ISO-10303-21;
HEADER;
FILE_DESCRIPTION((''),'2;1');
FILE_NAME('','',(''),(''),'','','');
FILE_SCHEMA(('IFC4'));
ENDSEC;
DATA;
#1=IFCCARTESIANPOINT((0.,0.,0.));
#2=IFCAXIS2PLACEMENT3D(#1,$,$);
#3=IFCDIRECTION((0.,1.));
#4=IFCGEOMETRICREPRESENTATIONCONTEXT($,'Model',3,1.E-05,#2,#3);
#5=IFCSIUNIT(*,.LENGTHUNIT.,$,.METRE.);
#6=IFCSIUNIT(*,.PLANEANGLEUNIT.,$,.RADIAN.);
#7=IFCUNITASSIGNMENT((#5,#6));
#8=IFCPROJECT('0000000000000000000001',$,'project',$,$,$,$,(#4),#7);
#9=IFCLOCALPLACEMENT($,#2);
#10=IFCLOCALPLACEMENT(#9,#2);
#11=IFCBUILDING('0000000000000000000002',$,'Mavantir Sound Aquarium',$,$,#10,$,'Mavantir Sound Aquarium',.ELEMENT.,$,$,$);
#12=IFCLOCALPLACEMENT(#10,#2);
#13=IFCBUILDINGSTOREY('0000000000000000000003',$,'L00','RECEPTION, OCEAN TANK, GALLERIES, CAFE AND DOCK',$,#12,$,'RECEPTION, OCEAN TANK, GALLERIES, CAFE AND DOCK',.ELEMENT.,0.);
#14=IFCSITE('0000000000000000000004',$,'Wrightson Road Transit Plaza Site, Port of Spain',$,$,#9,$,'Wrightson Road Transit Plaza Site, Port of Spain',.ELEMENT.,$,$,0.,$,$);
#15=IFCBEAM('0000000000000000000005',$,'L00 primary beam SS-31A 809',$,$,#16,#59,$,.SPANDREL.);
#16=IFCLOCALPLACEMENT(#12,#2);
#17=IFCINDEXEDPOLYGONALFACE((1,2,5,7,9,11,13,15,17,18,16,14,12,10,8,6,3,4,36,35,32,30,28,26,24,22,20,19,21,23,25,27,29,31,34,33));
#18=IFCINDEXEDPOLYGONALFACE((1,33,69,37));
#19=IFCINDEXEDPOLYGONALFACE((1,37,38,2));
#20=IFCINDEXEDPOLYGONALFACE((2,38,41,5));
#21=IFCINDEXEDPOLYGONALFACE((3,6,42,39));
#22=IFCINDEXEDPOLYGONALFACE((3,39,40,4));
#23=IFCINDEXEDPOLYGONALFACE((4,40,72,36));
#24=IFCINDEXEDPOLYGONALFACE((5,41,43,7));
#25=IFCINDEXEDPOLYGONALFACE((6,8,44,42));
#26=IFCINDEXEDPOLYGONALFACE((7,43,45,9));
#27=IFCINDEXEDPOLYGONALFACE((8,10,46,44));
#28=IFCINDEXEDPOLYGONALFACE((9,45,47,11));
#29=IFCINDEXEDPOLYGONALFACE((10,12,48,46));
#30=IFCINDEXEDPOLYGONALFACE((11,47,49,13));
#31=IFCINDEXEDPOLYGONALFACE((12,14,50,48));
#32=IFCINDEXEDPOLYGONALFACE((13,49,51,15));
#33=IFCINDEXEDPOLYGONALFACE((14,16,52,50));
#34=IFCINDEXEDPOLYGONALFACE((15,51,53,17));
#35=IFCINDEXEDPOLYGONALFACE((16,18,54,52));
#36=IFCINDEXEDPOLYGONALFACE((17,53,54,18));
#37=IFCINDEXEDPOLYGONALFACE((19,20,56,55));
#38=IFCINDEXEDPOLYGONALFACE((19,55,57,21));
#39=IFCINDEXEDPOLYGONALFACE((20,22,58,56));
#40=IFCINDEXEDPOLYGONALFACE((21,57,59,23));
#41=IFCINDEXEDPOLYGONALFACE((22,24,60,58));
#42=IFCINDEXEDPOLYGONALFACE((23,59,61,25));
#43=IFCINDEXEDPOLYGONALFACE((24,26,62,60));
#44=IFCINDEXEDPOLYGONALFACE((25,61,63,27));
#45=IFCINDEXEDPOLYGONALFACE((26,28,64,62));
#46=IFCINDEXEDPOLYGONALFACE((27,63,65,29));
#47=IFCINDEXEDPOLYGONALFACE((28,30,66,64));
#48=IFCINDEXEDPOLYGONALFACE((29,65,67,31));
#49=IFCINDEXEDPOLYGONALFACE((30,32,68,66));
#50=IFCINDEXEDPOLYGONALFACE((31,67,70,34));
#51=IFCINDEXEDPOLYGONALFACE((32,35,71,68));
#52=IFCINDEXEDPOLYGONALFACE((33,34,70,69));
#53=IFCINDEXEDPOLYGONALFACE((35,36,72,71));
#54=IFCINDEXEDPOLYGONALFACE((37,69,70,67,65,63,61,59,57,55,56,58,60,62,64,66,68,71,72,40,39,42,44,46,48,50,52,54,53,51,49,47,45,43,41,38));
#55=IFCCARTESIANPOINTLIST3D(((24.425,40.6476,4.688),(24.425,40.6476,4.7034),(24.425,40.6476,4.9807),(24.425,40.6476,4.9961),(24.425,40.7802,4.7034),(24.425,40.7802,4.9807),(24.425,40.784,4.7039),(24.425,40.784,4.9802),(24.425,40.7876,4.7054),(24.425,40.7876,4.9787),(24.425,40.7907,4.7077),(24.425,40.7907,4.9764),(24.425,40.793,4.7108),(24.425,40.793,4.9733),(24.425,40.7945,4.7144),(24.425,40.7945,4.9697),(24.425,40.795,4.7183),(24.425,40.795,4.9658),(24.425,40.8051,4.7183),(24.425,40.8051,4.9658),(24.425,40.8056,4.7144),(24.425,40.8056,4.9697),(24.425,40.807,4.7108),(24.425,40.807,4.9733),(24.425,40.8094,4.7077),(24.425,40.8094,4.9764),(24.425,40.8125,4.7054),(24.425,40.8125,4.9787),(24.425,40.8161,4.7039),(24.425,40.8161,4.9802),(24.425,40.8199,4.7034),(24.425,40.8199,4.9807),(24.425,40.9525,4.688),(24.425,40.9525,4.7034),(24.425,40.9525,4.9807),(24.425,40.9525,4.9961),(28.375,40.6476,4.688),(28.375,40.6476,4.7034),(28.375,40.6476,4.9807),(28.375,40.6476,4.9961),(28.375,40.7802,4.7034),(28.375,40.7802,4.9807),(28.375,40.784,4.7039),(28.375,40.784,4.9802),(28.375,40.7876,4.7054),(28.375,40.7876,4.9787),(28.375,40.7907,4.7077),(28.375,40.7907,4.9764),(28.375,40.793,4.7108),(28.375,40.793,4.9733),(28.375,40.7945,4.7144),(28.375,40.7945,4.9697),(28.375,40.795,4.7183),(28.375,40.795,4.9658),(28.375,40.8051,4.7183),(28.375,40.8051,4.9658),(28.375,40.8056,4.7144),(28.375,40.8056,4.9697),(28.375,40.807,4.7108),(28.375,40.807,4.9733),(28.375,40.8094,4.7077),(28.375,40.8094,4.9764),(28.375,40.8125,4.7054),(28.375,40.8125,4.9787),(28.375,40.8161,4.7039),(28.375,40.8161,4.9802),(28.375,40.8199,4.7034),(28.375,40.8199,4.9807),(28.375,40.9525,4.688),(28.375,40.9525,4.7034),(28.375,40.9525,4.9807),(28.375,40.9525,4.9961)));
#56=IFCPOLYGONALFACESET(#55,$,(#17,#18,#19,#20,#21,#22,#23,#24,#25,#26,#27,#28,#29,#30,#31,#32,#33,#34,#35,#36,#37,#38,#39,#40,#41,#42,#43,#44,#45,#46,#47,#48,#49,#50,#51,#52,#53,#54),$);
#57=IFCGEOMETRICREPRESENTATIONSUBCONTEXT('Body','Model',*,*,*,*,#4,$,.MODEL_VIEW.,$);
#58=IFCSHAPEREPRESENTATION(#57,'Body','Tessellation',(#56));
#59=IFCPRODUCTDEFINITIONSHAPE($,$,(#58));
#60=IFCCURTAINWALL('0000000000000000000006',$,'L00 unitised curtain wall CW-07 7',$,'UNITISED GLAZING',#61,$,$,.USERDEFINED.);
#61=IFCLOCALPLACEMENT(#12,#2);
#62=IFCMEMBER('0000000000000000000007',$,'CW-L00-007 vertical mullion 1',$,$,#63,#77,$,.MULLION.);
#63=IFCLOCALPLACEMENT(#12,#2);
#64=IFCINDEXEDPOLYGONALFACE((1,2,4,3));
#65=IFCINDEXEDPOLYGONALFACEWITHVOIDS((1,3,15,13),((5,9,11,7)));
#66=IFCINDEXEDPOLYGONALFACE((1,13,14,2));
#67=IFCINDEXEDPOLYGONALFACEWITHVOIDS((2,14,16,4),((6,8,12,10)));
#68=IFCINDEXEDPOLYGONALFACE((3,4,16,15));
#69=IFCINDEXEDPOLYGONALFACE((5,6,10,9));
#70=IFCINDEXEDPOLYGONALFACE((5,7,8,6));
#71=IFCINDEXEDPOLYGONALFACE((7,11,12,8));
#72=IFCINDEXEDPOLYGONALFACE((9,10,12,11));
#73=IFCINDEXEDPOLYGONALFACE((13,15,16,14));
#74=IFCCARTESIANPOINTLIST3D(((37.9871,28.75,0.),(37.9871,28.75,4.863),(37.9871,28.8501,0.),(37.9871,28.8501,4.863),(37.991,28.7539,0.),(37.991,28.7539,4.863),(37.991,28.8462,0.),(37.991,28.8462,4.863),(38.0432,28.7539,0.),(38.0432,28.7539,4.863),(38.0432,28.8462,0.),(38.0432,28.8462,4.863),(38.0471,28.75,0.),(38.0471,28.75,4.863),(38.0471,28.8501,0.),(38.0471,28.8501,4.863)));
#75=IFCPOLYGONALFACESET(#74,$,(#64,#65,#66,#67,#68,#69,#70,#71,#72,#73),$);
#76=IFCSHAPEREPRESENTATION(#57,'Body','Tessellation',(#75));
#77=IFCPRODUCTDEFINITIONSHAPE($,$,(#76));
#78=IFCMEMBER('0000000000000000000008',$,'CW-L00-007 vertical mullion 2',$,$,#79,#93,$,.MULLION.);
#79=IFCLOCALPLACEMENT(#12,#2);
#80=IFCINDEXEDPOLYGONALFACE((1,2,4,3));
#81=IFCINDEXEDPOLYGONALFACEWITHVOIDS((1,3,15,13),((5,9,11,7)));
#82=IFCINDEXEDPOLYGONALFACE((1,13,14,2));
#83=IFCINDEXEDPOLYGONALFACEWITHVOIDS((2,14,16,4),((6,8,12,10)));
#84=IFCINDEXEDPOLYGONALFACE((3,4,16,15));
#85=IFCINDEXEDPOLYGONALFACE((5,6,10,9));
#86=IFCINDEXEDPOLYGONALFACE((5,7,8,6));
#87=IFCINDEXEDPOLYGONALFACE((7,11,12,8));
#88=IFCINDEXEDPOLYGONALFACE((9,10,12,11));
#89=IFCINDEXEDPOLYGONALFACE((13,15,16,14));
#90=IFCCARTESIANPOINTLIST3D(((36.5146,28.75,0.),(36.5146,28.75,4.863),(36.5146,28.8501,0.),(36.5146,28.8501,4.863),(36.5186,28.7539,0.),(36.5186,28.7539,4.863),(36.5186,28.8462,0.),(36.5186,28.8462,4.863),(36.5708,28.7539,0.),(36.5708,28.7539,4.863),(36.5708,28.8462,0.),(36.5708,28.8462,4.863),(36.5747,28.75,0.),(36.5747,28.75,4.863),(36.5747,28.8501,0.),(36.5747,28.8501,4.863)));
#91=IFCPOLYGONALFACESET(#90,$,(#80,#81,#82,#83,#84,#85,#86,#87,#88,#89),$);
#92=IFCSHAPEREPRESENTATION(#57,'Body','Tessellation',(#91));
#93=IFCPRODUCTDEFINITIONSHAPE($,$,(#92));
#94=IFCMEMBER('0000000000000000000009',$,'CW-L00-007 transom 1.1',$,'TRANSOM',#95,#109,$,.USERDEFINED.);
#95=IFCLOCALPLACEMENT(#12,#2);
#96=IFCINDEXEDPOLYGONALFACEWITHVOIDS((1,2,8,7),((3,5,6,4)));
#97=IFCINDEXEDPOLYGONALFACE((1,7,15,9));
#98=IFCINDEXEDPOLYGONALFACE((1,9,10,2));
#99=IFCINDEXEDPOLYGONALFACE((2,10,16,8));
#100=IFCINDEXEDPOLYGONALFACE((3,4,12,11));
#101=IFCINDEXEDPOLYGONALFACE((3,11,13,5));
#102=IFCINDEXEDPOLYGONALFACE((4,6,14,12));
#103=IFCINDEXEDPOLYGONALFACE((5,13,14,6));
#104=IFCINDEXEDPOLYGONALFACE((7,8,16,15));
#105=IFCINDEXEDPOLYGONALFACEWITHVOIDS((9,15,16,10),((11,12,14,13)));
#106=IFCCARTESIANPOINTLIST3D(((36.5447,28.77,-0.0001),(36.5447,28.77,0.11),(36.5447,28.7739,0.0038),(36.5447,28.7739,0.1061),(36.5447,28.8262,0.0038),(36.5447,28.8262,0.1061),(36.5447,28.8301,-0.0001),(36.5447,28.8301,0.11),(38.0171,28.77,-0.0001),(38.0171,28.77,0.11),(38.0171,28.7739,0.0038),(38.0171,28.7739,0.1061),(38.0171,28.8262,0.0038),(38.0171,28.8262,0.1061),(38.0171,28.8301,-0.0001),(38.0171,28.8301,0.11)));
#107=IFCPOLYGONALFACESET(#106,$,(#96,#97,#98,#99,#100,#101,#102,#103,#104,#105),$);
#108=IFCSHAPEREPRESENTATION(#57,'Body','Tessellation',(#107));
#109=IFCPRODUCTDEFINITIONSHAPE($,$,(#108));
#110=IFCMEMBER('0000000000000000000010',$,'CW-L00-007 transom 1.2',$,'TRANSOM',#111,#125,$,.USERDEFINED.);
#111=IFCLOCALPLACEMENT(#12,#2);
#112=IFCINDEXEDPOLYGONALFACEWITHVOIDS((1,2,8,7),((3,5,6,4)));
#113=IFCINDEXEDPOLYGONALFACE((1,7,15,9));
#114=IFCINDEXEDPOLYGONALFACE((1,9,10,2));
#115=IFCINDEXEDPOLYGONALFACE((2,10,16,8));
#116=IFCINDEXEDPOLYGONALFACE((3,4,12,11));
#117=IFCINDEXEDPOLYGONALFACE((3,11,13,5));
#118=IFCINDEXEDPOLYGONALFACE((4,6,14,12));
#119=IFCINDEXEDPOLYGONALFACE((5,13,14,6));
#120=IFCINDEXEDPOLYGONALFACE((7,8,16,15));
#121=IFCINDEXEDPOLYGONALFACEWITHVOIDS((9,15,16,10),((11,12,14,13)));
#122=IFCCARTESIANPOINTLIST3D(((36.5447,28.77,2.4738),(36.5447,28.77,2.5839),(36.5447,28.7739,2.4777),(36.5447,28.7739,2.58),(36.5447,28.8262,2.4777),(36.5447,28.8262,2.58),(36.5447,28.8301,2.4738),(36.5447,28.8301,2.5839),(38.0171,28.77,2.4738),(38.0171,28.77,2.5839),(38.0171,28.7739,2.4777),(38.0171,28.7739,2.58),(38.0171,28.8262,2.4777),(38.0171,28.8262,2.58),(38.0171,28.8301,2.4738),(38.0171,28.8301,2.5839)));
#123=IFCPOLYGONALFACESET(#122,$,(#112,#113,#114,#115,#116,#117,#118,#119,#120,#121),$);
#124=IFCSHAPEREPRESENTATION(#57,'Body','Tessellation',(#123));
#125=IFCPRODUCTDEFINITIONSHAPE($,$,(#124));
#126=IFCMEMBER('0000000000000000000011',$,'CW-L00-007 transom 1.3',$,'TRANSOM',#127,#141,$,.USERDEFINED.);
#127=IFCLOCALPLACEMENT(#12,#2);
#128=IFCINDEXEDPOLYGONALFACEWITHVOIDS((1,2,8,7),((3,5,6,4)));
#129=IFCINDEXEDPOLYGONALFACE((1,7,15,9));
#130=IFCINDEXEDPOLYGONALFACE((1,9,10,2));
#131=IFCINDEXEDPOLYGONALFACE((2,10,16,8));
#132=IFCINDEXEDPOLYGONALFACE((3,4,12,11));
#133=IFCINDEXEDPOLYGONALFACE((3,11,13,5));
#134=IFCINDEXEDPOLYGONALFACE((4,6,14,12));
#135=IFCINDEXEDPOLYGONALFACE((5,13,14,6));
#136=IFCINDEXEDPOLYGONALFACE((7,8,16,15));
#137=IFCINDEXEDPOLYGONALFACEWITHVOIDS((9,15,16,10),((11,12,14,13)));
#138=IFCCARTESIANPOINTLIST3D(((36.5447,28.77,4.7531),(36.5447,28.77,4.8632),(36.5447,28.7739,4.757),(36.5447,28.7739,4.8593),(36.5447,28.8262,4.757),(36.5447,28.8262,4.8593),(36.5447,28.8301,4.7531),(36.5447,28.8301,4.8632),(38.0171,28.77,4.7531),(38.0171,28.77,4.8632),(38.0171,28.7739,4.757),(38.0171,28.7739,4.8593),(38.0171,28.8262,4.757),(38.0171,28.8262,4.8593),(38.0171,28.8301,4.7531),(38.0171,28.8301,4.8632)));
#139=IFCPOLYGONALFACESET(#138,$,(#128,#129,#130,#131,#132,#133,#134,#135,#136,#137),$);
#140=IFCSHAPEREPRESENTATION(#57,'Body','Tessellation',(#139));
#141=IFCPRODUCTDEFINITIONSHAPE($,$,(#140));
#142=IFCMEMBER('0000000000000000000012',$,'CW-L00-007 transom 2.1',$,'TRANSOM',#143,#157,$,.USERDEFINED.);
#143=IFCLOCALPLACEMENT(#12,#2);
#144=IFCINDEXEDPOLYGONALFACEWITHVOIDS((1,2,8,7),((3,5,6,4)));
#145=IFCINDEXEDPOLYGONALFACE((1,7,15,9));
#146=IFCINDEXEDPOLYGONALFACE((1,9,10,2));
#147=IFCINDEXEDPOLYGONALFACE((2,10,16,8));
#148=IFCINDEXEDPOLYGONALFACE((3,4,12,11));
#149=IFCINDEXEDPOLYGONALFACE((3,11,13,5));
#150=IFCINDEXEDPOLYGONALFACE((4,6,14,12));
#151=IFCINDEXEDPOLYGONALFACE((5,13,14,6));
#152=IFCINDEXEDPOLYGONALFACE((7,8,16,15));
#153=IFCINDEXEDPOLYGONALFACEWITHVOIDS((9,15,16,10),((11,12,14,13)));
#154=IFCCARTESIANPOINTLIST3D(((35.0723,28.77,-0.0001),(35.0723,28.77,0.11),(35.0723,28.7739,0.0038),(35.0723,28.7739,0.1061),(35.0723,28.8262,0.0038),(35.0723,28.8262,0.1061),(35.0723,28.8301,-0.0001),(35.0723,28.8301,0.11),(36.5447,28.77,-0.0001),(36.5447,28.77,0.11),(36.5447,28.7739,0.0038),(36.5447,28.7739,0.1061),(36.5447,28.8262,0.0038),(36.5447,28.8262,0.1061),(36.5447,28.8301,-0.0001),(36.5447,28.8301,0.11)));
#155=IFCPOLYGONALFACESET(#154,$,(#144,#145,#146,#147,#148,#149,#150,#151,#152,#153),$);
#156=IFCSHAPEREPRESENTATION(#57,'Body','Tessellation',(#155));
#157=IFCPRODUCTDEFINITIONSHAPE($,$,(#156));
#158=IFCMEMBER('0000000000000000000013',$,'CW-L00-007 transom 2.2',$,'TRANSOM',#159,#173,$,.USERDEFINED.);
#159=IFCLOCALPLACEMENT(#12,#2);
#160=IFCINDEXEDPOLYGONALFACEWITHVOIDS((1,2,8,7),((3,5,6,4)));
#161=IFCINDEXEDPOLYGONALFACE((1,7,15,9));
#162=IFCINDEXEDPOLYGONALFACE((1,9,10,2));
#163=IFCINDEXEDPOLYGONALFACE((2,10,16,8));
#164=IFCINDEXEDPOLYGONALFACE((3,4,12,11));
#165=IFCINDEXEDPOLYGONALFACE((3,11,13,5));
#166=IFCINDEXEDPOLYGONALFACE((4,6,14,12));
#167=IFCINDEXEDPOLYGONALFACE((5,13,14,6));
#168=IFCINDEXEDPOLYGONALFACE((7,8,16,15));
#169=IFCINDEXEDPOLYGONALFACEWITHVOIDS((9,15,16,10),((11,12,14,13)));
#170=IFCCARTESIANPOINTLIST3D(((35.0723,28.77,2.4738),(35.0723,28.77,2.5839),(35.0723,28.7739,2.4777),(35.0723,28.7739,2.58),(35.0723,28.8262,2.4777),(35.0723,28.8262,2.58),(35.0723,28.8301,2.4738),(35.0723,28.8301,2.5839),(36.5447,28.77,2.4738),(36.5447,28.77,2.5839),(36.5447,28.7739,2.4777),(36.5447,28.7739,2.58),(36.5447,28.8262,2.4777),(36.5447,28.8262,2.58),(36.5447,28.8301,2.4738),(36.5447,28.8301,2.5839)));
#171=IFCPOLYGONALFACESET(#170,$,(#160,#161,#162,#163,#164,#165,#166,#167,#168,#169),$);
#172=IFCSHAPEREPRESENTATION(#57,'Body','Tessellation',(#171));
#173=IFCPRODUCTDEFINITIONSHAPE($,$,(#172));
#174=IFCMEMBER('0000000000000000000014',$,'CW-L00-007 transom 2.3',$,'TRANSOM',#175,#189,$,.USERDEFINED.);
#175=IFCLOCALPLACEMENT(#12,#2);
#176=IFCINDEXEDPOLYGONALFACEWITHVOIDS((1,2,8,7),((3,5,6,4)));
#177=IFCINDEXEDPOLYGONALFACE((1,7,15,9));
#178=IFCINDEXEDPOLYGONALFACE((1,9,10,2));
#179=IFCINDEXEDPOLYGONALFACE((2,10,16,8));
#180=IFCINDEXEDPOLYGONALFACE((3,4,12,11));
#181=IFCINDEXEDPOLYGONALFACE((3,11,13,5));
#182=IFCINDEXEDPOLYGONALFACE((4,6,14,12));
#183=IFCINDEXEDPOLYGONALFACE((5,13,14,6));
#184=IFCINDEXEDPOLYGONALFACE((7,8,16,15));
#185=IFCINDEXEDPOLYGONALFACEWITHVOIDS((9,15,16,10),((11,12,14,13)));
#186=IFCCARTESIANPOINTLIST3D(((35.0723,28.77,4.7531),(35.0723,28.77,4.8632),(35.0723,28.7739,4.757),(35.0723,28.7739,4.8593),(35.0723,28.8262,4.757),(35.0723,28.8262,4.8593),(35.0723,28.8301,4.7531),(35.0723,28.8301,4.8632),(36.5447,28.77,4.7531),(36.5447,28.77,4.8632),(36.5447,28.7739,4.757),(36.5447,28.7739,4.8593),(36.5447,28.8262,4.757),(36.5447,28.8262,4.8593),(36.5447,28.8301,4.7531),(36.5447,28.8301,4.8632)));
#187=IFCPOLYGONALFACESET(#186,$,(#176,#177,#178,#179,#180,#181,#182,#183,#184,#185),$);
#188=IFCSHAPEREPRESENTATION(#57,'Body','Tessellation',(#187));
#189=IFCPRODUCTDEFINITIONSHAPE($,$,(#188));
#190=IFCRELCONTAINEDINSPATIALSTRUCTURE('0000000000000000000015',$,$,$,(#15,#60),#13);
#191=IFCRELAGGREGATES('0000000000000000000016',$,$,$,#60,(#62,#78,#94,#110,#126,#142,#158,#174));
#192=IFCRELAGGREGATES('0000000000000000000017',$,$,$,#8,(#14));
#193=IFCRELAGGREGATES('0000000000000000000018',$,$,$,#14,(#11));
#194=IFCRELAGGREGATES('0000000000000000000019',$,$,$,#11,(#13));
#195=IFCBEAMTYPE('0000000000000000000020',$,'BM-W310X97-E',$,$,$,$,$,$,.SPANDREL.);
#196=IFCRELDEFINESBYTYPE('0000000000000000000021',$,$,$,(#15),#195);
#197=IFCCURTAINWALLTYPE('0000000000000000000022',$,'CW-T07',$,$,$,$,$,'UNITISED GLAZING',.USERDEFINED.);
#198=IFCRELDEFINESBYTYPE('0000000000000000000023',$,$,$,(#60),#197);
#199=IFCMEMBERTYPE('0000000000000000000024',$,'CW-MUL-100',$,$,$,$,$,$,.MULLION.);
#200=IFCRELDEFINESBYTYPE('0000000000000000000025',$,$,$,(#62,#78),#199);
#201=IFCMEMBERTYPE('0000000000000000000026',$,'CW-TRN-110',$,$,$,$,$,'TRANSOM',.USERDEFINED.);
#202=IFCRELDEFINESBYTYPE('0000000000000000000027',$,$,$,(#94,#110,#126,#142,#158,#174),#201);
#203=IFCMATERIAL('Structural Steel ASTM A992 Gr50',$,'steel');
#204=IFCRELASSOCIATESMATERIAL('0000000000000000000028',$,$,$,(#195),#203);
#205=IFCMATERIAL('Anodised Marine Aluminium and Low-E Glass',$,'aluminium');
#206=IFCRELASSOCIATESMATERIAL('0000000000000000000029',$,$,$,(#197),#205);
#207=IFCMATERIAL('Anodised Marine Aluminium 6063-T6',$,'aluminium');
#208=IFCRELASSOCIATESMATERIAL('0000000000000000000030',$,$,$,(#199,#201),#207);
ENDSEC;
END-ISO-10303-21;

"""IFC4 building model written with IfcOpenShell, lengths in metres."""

from ifc_helpers import new_model, si_unit, direction, frame, origin, origin_2d, place, context, subcontext, project, spatial, hollow_rectangle, i_section, extrude, material, material_profile, profile_set, type_object, element, aggregate, save


model = new_model("IFC4")

# Units and contexts
model_context = context("Model", 3, precision=1e-05, world=origin(), true_north=direction((0.0, 1.0)))
body_context = subcontext(model_context, "Body", "Model", "MODEL_VIEW")
ifc_project = project(units=[si_unit("LENGTHUNIT", "METRE"), si_unit("PLANEANGLEUNIT", "RADIAN")], contexts=[model_context])

# Site, building, storey
site_placement = place(None, origin())
site = spatial("IfcSite", under=ifc_project, at=site_placement, Name="Wrightson Road Transit Plaza Site, Port of Spain", LongName="Wrightson Road Transit Plaza Site, Port of Spain", CompositionType="ELEMENT", RefElevation=0.0)
building_placement = place(site_placement, origin())
building = spatial("IfcBuilding", under=site, at=building_placement, Name="Mavantir Sound Aquarium", LongName="Mavantir Sound Aquarium", CompositionType="ELEMENT")
storey_placement = place(building_placement, origin())
storey = spatial("IfcBuildingStorey", under=building, at=storey_placement, Name="L00", Description="RECEPTION, OCEAN TANK, GALLERIES, CAFE AND DOCK", LongName="RECEPTION, OCEAN TANK, GALLERIES, CAFE AND DOCK", CompositionType="ELEMENT", Elevation=0.0)

# Beam
ifc_material_1 = material(Name="Structural Steel ASTM A992 Gr50", Category="steel")
ifc_material_profile_1 = material_profile(ifc_material_1, i_section(OverallWidth=0.3049, OverallDepth=0.3081, WebThickness=0.01, FlangeThickness=0.0154, FilletRadius=0.0149, at=origin_2d()), Name="W310X97")
ifc_profile_set_1 = profile_set([ifc_material_profile_1], Name="Structural Steel ASTM A992 Gr50")
beam_type_1 = type_object("IfcBeamType", Name="BM-W310X97-E", PredefinedType="SPANDREL", material=ifc_profile_set_1)
beam_1_placement = place(storey_placement, frame((24.425, 40.8, 4.842), z_axis=(1.0, 0.0, 0.0), x_axis=(0.0, 1.0, 0.0)))
element("IfcBeam", 1, at=beam_1_placement, inside=storey, type_object=beam_type_1, Name="L00 primary beam SS-31A 809", PredefinedType="SPANDREL", context=body_context, shape_type="SweptSolid", body=[
    extrude(i_section(OverallWidth=0.3049, OverallDepth=0.3081, WebThickness=0.01, FlangeThickness=0.0154, FilletRadius=0.0149, at=origin_2d()), origin(), (0.0, 0.0, 1.0), 3.95),
])

# Curtain wall, members
ifc_material_2 = material(Name="Anodised Marine Aluminium and Low-E Glass", Category="aluminium")
curtain_wall_type = type_object("IfcCurtainWallType", Name="CW-T07", ElementType="UNITISED GLAZING", PredefinedType="USERDEFINED", material=ifc_material_2)
curtain_wall_placement = place(storey_placement, origin())
curtain_wall = element("IfcCurtainWall", 2, at=curtain_wall_placement, inside=storey, type_object=curtain_wall_type, Name="L00 unitised curtain wall CW-07 7", ObjectType="UNITISED GLAZING", PredefinedType="USERDEFINED")
ifc_material_3 = material(Name="Anodised Marine Aluminium 6063-T6", Category="aluminium")
ifc_material_profile_2 = material_profile(ifc_material_3, hollow_rectangle(XDim=0.0601, YDim=0.1001, WallThickness=0.0039, at=origin_2d()), Name="ALU-MULLION-100X60")
ifc_profile_set_2 = profile_set([ifc_material_profile_2], Name="Anodised Marine Aluminium 6063-T6")
member_type_1 = type_object("IfcMemberType", Name="CW-MUL-100", PredefinedType="MULLION", material=ifc_profile_set_2)
member_1_placement = place(storey_placement, frame((38.0171, 28.8, 0.0), z_axis=(0.0, 0.0, 1.0), x_axis=(1.0, 0.0, 0.0)))
member_1 = element("IfcMember", 3, at=member_1_placement, type_object=member_type_1, Name="CW-L00-007 vertical mullion 1", PredefinedType="MULLION", context=body_context, shape_type="SweptSolid", body=[
    extrude(hollow_rectangle(XDim=0.0601, YDim=0.1001, WallThickness=0.0039, at=origin_2d()), origin(), (0.0, 0.0, 1.0), 4.863),
])
member_2_placement = place(storey_placement, frame((36.5447, 28.8, 0.0), z_axis=(0.0, 0.0, 1.0), x_axis=(1.0, 0.0, 0.0)))
member_2 = element("IfcMember", 4, at=member_2_placement, type_object=member_type_1, Name="CW-L00-007 vertical mullion 2", PredefinedType="MULLION", context=body_context, shape_type="SweptSolid", body=[
    extrude(hollow_rectangle(XDim=0.0601, YDim=0.1001, WallThickness=0.0039, at=origin_2d()), origin(), (0.0, 0.0, 1.0), 4.863),
])
ifc_material_profile_3 = material_profile(ifc_material_3, hollow_rectangle(XDim=0.0601, YDim=0.1101, WallThickness=0.0039, at=origin_2d()), Name="ALU-TRANSOM-110X60")
ifc_profile_set_3 = profile_set([ifc_material_profile_3], Name="Anodised Marine Aluminium 6063-T6")
member_type_2 = type_object("IfcMemberType", Name="CW-TRN-110", ElementType="TRANSOM", PredefinedType="USERDEFINED", material=ifc_profile_set_3)
member_3_placement = place(storey_placement, frame((38.0171, 28.8, 0.0549), z_axis=(-1.0, 0.0, 0.0), x_axis=(0.0, -1.0, 0.0)))
member_3 = element("IfcMember", 5, at=member_3_placement, type_object=member_type_2, Name="CW-L00-007 transom 1.1", ObjectType="TRANSOM", PredefinedType="USERDEFINED", context=body_context, shape_type="SweptSolid", body=[
    extrude(hollow_rectangle(XDim=0.0601, YDim=0.1101, WallThickness=0.0039, at=origin_2d()), origin(), (0.0, 0.0, 1.0), 1.4724),
])
member_4_placement = place(storey_placement, frame((38.0171, 28.8, 2.5288), z_axis=(-1.0, 0.0, 0.0), x_axis=(0.0, -1.0, 0.0)))
member_4 = element("IfcMember", 6, at=member_4_placement, type_object=member_type_2, Name="CW-L00-007 transom 1.2", ObjectType="TRANSOM", PredefinedType="USERDEFINED", context=body_context, shape_type="SweptSolid", body=[
    extrude(hollow_rectangle(XDim=0.0601, YDim=0.1101, WallThickness=0.0039, at=origin_2d()), origin(), (0.0, 0.0, 1.0), 1.4724),
])
member_5_placement = place(storey_placement, frame((38.0171, 28.8, 4.8081), z_axis=(-1.0, 0.0, 0.0), x_axis=(0.0, -1.0, 0.0)))
member_5 = element("IfcMember", 7, at=member_5_placement, type_object=member_type_2, Name="CW-L00-007 transom 1.3", ObjectType="TRANSOM", PredefinedType="USERDEFINED", context=body_context, shape_type="SweptSolid", body=[
    extrude(hollow_rectangle(XDim=0.0601, YDim=0.1101, WallThickness=0.0039, at=origin_2d()), origin(), (0.0, 0.0, 1.0), 1.4724),
])
member_6_placement = place(storey_placement, frame((36.5447, 28.8, 0.0549), z_axis=(-1.0, 0.0, 0.0), x_axis=(0.0, -1.0, 0.0)))
member_6 = element("IfcMember", 8, at=member_6_placement, type_object=member_type_2, Name="CW-L00-007 transom 2.1", ObjectType="TRANSOM", PredefinedType="USERDEFINED", context=body_context, shape_type="SweptSolid", body=[
    extrude(hollow_rectangle(XDim=0.0601, YDim=0.1101, WallThickness=0.0039, at=origin_2d()), origin(), (0.0, 0.0, 1.0), 1.4724),
])
member_7_placement = place(storey_placement, frame((36.5447, 28.8, 2.5288), z_axis=(-1.0, 0.0, 0.0), x_axis=(0.0, -1.0, 0.0)))
member_7 = element("IfcMember", 9, at=member_7_placement, type_object=member_type_2, Name="CW-L00-007 transom 2.2", ObjectType="TRANSOM", PredefinedType="USERDEFINED", context=body_context, shape_type="SweptSolid", body=[
    extrude(hollow_rectangle(XDim=0.0601, YDim=0.1101, WallThickness=0.0039, at=origin_2d()), origin(), (0.0, 0.0, 1.0), 1.4724),
])
member_8_placement = place(storey_placement, frame((36.5447, 28.8, 4.8081), z_axis=(-1.0, 0.0, 0.0), x_axis=(0.0, -1.0, 0.0)))
member_8 = element("IfcMember", 10, at=member_8_placement, type_object=member_type_2, Name="CW-L00-007 transom 2.3", ObjectType="TRANSOM", PredefinedType="USERDEFINED", context=body_context, shape_type="SweptSolid", body=[
    extrude(hollow_rectangle(XDim=0.0601, YDim=0.1101, WallThickness=0.0039, at=origin_2d()), origin(), (0.0, 0.0, 1.0), 1.4724),
])
aggregate(curtain_wall, [member_1, member_2, member_3, member_4, member_5, member_6, member_7, member_8])

save(model, "model.ifc")
